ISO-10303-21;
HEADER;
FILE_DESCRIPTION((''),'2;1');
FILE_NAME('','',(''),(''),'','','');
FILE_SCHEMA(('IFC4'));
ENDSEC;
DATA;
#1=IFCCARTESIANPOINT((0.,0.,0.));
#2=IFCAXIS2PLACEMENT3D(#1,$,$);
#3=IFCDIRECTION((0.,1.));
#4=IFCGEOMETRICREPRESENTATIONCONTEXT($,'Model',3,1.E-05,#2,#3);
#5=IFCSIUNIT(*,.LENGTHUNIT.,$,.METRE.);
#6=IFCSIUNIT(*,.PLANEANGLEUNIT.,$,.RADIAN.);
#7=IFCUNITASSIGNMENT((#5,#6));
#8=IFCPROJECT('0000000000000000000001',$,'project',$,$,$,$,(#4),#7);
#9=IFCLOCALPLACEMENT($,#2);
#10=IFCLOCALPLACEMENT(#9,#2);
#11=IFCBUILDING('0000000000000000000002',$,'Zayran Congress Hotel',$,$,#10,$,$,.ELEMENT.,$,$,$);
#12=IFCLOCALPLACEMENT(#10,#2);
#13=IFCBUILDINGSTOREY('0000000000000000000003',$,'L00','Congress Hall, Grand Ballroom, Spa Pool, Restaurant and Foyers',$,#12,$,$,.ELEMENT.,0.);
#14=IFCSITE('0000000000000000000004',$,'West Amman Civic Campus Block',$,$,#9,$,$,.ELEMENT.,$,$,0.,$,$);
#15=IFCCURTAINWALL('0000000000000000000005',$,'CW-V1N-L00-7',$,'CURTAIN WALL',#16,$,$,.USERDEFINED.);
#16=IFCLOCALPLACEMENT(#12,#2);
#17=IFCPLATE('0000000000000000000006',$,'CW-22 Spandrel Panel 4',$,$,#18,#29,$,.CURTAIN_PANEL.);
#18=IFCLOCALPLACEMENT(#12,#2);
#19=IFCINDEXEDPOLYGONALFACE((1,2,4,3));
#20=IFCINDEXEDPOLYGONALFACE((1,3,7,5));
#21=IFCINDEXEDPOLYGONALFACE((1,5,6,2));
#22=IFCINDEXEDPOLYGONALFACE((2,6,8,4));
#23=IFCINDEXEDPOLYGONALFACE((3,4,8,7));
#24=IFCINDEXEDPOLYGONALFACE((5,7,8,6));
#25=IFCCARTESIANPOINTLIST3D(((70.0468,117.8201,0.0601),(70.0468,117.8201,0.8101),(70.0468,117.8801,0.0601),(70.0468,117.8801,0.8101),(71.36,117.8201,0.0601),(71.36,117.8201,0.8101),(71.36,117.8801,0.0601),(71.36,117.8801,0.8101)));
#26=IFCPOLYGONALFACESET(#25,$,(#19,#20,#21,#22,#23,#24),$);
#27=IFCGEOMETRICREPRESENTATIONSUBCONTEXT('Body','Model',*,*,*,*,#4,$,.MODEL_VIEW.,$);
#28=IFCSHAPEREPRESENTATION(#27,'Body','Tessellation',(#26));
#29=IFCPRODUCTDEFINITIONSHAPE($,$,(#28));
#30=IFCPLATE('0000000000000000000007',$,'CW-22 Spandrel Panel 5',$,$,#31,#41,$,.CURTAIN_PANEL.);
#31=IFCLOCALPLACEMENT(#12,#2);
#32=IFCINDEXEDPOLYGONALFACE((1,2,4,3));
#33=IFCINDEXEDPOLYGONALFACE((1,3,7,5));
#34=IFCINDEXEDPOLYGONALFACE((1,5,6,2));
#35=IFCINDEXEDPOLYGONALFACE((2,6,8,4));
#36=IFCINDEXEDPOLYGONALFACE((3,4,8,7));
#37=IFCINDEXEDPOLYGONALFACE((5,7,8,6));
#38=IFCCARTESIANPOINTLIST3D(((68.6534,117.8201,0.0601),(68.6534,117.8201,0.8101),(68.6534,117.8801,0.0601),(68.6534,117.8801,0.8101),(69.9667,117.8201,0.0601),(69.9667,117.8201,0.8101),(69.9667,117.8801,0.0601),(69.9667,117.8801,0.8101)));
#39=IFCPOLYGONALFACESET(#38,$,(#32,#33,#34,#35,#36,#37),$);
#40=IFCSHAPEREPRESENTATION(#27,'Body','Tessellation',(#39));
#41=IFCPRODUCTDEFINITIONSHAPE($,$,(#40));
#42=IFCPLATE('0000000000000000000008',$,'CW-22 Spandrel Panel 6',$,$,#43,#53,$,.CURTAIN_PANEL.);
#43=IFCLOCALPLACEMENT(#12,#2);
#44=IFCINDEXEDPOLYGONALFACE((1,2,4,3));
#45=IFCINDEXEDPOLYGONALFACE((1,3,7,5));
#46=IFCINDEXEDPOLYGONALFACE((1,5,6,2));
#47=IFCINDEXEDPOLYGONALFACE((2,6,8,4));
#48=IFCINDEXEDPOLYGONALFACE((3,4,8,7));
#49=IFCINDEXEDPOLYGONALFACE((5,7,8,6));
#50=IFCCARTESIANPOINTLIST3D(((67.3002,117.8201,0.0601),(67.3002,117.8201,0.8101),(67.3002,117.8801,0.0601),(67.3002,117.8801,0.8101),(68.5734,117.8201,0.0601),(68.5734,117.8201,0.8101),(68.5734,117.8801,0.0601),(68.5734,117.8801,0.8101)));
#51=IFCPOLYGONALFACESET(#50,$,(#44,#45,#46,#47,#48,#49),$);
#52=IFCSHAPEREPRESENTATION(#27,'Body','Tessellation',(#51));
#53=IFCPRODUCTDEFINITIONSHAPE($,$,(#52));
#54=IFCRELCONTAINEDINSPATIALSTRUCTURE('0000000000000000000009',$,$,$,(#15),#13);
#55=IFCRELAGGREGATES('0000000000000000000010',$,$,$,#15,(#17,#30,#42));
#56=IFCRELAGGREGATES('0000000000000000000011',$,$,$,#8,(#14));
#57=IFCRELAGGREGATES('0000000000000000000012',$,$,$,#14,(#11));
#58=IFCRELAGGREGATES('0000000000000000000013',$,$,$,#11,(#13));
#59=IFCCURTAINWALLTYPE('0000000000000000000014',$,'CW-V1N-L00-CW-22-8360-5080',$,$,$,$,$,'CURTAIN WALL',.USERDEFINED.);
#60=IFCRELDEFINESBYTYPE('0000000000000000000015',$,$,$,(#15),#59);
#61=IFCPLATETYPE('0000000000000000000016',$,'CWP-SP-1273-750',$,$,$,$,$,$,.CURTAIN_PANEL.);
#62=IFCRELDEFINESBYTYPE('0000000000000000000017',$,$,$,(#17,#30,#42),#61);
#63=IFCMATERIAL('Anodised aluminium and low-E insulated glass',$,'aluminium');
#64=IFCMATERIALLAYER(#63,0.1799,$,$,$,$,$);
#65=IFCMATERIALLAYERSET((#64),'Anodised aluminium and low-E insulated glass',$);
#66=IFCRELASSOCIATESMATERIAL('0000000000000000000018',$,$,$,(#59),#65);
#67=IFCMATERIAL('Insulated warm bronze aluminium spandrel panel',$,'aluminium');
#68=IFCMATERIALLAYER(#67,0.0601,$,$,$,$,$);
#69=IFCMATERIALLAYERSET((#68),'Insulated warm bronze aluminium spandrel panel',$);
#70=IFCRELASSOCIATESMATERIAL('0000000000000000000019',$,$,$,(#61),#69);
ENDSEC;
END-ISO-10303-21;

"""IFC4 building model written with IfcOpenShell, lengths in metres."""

from ifc_helpers import new_model, si_unit, direction, frame, origin, origin_2d, place, context, subcontext, project, spatial, rectangle, extrude, material, layer, layer_set, type_object, element, aggregate, save


model = new_model("IFC4")

# Units and contexts
model_context = context("Model", 3, precision=1e-05, world=origin(), true_north=direction((0.0, 1.0)))
body_context = subcontext(model_context, "Body", "Model", "MODEL_VIEW")
ifc_project = project(units=[si_unit("LENGTHUNIT", "METRE"), si_unit("PLANEANGLEUNIT", "RADIAN")], contexts=[model_context])

# Site, building, storey
site_placement = place(None, origin())
site = spatial("IfcSite", under=ifc_project, at=site_placement, Name="West Amman Civic Campus Block", CompositionType="ELEMENT", RefElevation=0.0)
building_placement = place(site_placement, origin())
building = spatial("IfcBuilding", under=site, at=building_placement, Name="Zayran Congress Hotel", CompositionType="ELEMENT")
storey_placement = place(building_placement, origin())
storey = spatial("IfcBuildingStorey", under=building, at=storey_placement, Name="L00", Description="Congress Hall, Grand Ballroom, Spa Pool, Restaurant and Foyers", CompositionType="ELEMENT", Elevation=0.0)

# Shared definitions
ifc_material_1 = material(Name="Anodised aluminium and low-E insulated glass", Category="aluminium")

# Curtain wall
ifc_layer_1 = layer(ifc_material_1, 0.1799)
ifc_layer_set_1 = layer_set([ifc_layer_1], Name="Anodised aluminium and low-E insulated glass")
curtain_wall_type_1 = type_object("IfcCurtainWallType", Name="CW-V1N-L00-CW-22-8360-5080", ElementType="CURTAIN WALL", PredefinedType="USERDEFINED", material=ifc_layer_set_1)
curtain_wall_1_placement = place(storey_placement, origin())
curtain_wall_1 = element("IfcCurtainWall", 1, at=curtain_wall_1_placement, inside=storey, type_object=curtain_wall_type_1, Name="CW-V1N-L00-7", ObjectType="CURTAIN WALL", PredefinedType="USERDEFINED")

# Plates
ifc_material_2 = material(Name="Insulated warm bronze aluminium spandrel panel", Category="aluminium")
ifc_layer_2 = layer(ifc_material_2, 0.0601)
ifc_layer_set_2 = layer_set([ifc_layer_2], Name="Insulated warm bronze aluminium spandrel panel")
plate_type_1 = type_object("IfcPlateType", Name="CWP-SP-1273-750", PredefinedType="CURTAIN_PANEL", material=ifc_layer_set_2)
plate_1_placement = place(storey_placement, frame((70.7034, 117.8501, 0.0601), z_axis=(0.0, 0.0, 1.0), x_axis=(1.0, 0.0, 0.0)))
plate_1 = element("IfcPlate", 2, at=plate_1_placement, type_object=plate_type_1, Name="CW-22 Spandrel Panel 4", PredefinedType="CURTAIN_PANEL", context=body_context, shape_type="SweptSolid", body=[
    extrude(rectangle(XDim=1.3132, YDim=0.0601, at=origin_2d()), origin(), (0.0, 0.0, 1.0), 0.75),
])
plate_2_placement = place(storey_placement, frame((69.3101, 117.8501, 0.0601), z_axis=(0.0, 0.0, 1.0), x_axis=(1.0, 0.0, 0.0)))
plate_2 = element("IfcPlate", 3, at=plate_2_placement, type_object=plate_type_1, Name="CW-22 Spandrel Panel 5", PredefinedType="CURTAIN_PANEL", context=body_context, shape_type="SweptSolid", body=[
    extrude(rectangle(XDim=1.3132, YDim=0.0601, at=origin_2d()), origin(), (0.0, 0.0, 1.0), 0.75),
])
plate_3_placement = place(storey_placement, frame((67.9368, 117.8501, 0.0601), z_axis=(0.0, 0.0, 1.0), x_axis=(1.0, 0.0, 0.0)))
plate_3 = element("IfcPlate", 4, at=plate_3_placement, type_object=plate_type_1, Name="CW-22 Spandrel Panel 6", PredefinedType="CURTAIN_PANEL", context=body_context, shape_type="SweptSolid", body=[
    extrude(rectangle(XDim=1.2732, YDim=0.0601, at=origin_2d()), origin(), (0.0, 0.0, 1.0), 0.75),
])
aggregate(curtain_wall_1, [plate_1, plate_2, plate_3])

save(model, "model.ifc")
